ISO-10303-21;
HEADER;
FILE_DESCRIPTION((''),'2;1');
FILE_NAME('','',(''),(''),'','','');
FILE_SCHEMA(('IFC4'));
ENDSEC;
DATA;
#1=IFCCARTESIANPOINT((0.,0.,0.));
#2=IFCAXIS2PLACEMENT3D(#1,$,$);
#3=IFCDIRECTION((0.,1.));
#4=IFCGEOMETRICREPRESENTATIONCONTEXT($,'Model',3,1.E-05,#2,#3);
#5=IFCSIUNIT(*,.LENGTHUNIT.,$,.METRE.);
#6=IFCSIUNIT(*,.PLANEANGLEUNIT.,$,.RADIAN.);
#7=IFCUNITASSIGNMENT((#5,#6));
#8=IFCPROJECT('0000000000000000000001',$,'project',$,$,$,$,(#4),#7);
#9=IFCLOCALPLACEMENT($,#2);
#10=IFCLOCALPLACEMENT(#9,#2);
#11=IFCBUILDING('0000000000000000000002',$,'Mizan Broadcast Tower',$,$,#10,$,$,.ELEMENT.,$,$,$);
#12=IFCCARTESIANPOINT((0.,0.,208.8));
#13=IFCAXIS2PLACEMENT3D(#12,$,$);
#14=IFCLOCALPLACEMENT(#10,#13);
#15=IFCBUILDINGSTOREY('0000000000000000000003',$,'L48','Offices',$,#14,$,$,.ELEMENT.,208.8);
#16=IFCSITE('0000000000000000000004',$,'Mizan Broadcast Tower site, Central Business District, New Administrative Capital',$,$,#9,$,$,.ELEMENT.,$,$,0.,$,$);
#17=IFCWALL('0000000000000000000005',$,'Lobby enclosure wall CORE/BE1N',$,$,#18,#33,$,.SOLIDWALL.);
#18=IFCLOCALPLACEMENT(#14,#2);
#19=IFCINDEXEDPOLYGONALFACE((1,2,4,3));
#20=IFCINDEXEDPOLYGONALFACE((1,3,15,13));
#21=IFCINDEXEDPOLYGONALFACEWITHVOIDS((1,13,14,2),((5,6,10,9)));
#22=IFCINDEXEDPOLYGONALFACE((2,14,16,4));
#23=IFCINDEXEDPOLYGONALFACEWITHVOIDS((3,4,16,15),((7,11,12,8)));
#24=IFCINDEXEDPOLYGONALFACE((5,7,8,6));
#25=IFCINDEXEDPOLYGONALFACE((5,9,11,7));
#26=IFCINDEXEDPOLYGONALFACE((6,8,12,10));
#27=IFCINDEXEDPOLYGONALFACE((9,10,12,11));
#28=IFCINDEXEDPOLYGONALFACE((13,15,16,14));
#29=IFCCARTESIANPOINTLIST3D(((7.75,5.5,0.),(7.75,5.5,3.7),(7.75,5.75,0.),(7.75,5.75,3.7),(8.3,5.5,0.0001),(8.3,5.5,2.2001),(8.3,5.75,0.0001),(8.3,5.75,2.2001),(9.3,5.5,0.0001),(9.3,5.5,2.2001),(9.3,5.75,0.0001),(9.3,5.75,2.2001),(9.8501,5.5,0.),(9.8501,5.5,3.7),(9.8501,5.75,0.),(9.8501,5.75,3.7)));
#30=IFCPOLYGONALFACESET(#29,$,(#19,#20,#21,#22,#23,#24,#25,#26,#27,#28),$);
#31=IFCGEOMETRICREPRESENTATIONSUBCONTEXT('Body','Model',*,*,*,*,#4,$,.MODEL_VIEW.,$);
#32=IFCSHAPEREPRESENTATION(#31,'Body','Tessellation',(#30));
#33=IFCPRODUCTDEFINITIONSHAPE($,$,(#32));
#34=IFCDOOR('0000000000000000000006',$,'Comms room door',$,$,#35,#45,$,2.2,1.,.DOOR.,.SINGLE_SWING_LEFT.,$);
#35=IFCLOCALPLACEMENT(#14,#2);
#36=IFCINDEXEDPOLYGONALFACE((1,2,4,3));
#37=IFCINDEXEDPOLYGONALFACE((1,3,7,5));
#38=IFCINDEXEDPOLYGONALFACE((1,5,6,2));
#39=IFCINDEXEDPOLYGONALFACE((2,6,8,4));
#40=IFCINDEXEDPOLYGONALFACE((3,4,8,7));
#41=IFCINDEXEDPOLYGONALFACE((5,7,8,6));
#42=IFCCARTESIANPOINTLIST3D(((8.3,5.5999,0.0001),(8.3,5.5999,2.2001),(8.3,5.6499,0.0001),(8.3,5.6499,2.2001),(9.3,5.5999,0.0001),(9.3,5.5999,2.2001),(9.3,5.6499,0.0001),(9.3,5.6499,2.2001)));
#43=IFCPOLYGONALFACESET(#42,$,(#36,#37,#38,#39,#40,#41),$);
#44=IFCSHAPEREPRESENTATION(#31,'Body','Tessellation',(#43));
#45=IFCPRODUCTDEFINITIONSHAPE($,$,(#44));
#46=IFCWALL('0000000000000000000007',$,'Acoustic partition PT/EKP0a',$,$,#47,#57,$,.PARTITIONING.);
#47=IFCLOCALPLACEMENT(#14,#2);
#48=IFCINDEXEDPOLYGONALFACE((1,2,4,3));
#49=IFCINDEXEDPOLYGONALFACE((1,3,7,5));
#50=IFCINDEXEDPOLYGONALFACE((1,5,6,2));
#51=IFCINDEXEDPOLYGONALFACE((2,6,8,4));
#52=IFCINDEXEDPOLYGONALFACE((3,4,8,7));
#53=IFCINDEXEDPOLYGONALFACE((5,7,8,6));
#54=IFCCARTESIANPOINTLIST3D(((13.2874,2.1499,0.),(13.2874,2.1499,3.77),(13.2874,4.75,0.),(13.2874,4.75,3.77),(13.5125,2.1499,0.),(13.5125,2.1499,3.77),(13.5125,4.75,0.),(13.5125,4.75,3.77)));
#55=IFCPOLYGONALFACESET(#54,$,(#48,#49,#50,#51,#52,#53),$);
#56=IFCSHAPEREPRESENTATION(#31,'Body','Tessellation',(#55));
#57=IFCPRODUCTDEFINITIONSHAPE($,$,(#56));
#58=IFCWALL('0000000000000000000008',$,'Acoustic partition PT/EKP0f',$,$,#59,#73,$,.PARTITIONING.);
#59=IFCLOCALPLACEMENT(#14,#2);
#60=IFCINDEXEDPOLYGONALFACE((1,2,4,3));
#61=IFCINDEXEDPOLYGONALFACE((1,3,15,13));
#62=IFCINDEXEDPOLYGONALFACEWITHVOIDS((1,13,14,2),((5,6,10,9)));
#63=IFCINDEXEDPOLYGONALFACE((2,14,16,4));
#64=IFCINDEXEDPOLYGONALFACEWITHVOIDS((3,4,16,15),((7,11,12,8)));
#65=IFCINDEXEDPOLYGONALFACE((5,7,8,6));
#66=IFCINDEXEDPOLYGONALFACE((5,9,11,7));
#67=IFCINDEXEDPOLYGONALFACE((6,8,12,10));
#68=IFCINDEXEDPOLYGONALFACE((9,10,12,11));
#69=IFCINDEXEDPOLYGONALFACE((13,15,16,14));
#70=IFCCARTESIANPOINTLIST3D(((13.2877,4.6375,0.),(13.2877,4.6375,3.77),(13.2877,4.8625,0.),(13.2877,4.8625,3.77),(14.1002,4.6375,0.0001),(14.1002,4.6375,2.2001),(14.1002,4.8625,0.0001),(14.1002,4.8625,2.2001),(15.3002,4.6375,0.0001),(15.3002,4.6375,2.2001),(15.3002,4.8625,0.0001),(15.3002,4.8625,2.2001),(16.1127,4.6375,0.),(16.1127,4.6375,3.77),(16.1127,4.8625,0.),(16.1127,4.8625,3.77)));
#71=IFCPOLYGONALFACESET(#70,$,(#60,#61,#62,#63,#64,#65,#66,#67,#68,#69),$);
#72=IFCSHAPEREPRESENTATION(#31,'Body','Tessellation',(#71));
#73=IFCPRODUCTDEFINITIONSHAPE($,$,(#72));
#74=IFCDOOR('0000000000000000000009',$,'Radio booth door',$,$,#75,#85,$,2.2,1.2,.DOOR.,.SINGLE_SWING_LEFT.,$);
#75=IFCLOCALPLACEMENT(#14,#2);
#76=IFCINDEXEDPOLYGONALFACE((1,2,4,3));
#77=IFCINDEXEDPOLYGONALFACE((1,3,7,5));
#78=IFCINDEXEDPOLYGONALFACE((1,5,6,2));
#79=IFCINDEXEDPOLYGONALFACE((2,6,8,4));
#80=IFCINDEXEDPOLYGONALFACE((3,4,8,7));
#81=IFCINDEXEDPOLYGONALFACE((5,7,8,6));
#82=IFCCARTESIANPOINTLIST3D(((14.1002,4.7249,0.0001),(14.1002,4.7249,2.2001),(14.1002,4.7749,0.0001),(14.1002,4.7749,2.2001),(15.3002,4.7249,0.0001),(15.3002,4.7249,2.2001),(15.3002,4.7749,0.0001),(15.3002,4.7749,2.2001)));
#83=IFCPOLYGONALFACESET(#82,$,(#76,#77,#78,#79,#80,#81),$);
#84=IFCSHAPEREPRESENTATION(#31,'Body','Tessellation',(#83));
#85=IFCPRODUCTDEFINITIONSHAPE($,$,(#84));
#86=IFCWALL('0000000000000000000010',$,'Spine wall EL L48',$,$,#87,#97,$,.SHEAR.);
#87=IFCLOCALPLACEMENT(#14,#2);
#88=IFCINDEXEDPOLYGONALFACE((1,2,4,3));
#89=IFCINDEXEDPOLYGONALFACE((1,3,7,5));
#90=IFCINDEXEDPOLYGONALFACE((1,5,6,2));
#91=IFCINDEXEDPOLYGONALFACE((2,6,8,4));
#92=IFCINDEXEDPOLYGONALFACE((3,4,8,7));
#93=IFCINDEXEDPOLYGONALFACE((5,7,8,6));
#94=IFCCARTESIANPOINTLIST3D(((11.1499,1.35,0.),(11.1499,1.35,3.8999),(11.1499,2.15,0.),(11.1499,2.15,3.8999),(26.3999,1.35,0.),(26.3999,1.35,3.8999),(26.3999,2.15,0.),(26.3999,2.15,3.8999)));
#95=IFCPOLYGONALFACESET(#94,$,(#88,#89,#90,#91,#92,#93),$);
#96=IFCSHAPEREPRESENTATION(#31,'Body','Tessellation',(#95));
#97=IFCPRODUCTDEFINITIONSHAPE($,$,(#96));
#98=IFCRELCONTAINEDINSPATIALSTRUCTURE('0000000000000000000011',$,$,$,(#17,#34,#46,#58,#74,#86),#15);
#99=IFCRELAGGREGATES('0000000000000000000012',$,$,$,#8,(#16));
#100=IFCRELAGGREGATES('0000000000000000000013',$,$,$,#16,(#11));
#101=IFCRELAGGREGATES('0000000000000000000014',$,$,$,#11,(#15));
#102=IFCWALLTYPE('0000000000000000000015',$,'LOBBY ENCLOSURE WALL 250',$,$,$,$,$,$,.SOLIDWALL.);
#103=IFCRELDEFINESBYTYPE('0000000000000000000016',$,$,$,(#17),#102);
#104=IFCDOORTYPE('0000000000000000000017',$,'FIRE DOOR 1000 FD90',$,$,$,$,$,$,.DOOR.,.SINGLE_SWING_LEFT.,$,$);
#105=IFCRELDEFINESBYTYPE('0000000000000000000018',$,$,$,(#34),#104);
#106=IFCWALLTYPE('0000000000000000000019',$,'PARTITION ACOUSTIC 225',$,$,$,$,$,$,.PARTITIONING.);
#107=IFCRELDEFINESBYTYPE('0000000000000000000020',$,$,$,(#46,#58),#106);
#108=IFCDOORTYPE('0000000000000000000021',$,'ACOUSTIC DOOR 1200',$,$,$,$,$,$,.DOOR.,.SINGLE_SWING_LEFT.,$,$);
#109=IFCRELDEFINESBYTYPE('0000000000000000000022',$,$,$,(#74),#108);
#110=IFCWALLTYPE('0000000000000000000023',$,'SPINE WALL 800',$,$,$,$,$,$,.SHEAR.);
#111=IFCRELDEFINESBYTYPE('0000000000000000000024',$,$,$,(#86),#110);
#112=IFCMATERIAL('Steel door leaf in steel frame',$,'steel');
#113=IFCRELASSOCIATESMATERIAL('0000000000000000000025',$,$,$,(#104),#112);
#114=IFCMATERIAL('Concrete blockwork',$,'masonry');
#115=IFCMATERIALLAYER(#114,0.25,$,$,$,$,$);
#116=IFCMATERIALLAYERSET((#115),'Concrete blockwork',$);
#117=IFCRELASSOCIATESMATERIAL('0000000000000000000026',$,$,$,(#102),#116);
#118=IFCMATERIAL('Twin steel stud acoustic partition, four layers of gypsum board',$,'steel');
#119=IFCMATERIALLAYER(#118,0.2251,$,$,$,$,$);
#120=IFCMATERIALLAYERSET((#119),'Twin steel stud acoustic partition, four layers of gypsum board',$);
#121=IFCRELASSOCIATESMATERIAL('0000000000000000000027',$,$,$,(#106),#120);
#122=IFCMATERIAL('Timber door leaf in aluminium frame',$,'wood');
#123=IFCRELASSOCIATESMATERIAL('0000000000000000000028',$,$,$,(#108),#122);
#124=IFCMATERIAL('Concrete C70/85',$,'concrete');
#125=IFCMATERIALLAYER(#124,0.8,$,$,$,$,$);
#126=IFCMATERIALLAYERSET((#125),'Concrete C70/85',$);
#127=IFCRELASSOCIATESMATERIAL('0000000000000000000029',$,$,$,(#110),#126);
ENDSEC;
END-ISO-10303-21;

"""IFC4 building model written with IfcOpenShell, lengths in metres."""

from ifc_helpers import new_model, si_unit, direction, frame, frame_2d, origin, place, context, subcontext, project, spatial, rectangle, extrude, material, layer, layer_set, type_object, element, fill, save


model = new_model("IFC4")

# Units and contexts
model_context = context("Model", 3, precision=1e-05, world=origin(), true_north=direction((0.0, 1.0)))
body_context = subcontext(model_context, "Body", "Model", "MODEL_VIEW")
ifc_project = project(units=[si_unit("LENGTHUNIT", "METRE"), si_unit("PLANEANGLEUNIT", "RADIAN")], contexts=[model_context])

# Site, building, storey
site_placement = place(None, origin())
site = spatial("IfcSite", under=ifc_project, at=site_placement, Name="Mizan Broadcast Tower site, Central Business District, New Administrative Capital", CompositionType="ELEMENT", RefElevation=0.0)
building_placement = place(site_placement, origin())
building = spatial("IfcBuilding", under=site, at=building_placement, Name="Mizan Broadcast Tower", CompositionType="ELEMENT")
storey_placement = place(building_placement, frame((0.0, 0.0, 208.8)))
storey = spatial("IfcBuildingStorey", under=building, at=storey_placement, Name="L48", Description="Offices", CompositionType="ELEMENT", Elevation=208.8)

# Shared definitions
ifc_material_1 = material(Name="Steel door leaf in steel frame", Category="steel")
door_type_1 = type_object("IfcDoorType", Name="FIRE DOOR 1000 FD90", OperationType="SINGLE_SWING_LEFT", PredefinedType="DOOR", material=ifc_material_1)

# Wall, opening, door
ifc_material_2 = material(Name="Concrete blockwork", Category="masonry")
ifc_layer_1 = layer(ifc_material_2, 0.25)
ifc_layer_set_1 = layer_set([ifc_layer_1], Name="Concrete blockwork")
wall_type_1 = type_object("IfcWallType", Name="LOBBY ENCLOSURE WALL 250", PredefinedType="SOLIDWALL", material=ifc_layer_set_1)
wall_1_placement = place(storey_placement, frame((7.75, 5.625, 0.0), z_axis=(0.0, 0.0, 1.0), x_axis=(1.0, 0.0, 0.0)))
wall_1 = element("IfcWall", 1, at=wall_1_placement, inside=storey, type_object=wall_type_1, Name="Lobby enclosure wall CORE/BE1N", PredefinedType="SOLIDWALL", context=body_context, shape_type="SweptSolid", body=[
    extrude(rectangle(XDim=2.1001, YDim=0.25, at=frame_2d((1.05, 0.0))), origin(), (0.0, 0.0, 1.0), 3.7),
])
opening_1_placement = place(wall_1_placement, frame((0.55, 0.0, 0.0)))
opening_1 = element("IfcOpeningElement", 2, at=opening_1_placement, cuts=wall_1, PredefinedType="OPENING", context=body_context, shape_type="SweptSolid", body=[
    extrude(rectangle(XDim=1.0, YDim=2.2, at=frame_2d((0.5, 1.1001))), frame((0.0, 0.135, 0.0), z_axis=(0.0, -1.0, 0.0), x_axis=(1.0, 0.0, 0.0)), (0.0, 0.0, 1.0), 0.27),
])
door_1_placement = place(opening_1_placement, origin())
door_1 = element("IfcDoor", 3, at=door_1_placement, inside=storey, type_object=door_type_1, Name="Comms room door", OperationType="SINGLE_SWING_LEFT", OverallHeight=2.2, OverallWidth=1.0, PredefinedType="DOOR", context=body_context, shape_type="SweptSolid", body=[
    extrude(rectangle(XDim=1.0, YDim=2.2, at=frame_2d((0.5, 1.1001))), frame((0.0, 0.0249, 0.0), z_axis=(0.0, -1.0, 0.0), x_axis=(1.0, 0.0, 0.0)), (0.0, 0.0, 1.0), 0.05),
])
fill(opening_1, door_1)

# Wall
ifc_material_3 = material(Name="Twin steel stud acoustic partition, four layers of gypsum board", Category="steel")
ifc_layer_2 = layer(ifc_material_3, 0.2251)
ifc_layer_set_2 = layer_set([ifc_layer_2], Name="Twin steel stud acoustic partition, four layers of gypsum board")
wall_type_2 = type_object("IfcWallType", Name="PARTITION ACOUSTIC 225", PredefinedType="PARTITIONING", material=ifc_layer_set_2)
wall_2_placement = place(storey_placement, frame((13.3999, 2.1499, 0.0), z_axis=(0.0, 0.0, 1.0), x_axis=(0.0, 1.0, 0.0)))
element("IfcWall", 4, at=wall_2_placement, inside=storey, type_object=wall_type_2, Name="Acoustic partition PT/EKP0a", PredefinedType="PARTITIONING", context=body_context, shape_type="SweptSolid", body=[
    extrude(rectangle(XDim=2.6001, YDim=0.2251, at=frame_2d((1.3, 0.0))), origin(), (0.0, 0.0, 1.0), 3.77),
])

# Wall, opening, door
wall_3_placement = place(storey_placement, frame((13.2876, 4.75, 0.0), z_axis=(0.0, 0.0, 1.0), x_axis=(1.0, 0.0, 0.0)))
wall_3 = element("IfcWall", 5, at=wall_3_placement, inside=storey, type_object=wall_type_2, Name="Acoustic partition PT/EKP0f", PredefinedType="PARTITIONING", context=body_context, shape_type="SweptSolid", body=[
    extrude(rectangle(XDim=2.825, YDim=0.2251, at=frame_2d((1.4126, 0.0))), origin(), (0.0, 0.0, 1.0), 3.77),
])
opening_2_placement = place(wall_3_placement, frame((0.8125, 0.0, 0.0)))
opening_2 = element("IfcOpeningElement", 6, at=opening_2_placement, cuts=wall_3, PredefinedType="OPENING", context=body_context, shape_type="SweptSolid", body=[
    extrude(rectangle(XDim=1.2, YDim=2.2, at=frame_2d((0.6001, 1.1001))), frame((0.0, 0.1226, 0.0), z_axis=(0.0, -1.0, 0.0), x_axis=(1.0, 0.0, 0.0)), (0.0, 0.0, 1.0), 0.2451),
])
ifc_material_4 = material(Name="Timber door leaf in aluminium frame", Category="wood")
door_type_2 = type_object("IfcDoorType", Name="ACOUSTIC DOOR 1200", OperationType="SINGLE_SWING_LEFT", PredefinedType="DOOR", material=ifc_material_4)
door_2_placement = place(opening_2_placement, origin())
door_2 = element("IfcDoor", 7, at=door_2_placement, inside=storey, type_object=door_type_2, Name="Radio booth door", OperationType="SINGLE_SWING_LEFT", OverallHeight=2.2, OverallWidth=1.2, PredefinedType="DOOR", context=body_context, shape_type="SweptSolid", body=[
    extrude(rectangle(XDim=1.2, YDim=2.2, at=frame_2d((0.6001, 1.1001))), frame((0.0, 0.0249, 0.0), z_axis=(0.0, -1.0, 0.0), x_axis=(1.0, 0.0, 0.0)), (0.0, 0.0, 1.0), 0.05),
])
fill(opening_2, door_2)

# Wall
ifc_material_5 = material(Name="Concrete C70/85", Category="concrete")
ifc_layer_3 = layer(ifc_material_5, 0.8)
ifc_layer_set_3 = layer_set([ifc_layer_3], Name="Concrete C70/85")
wall_type_3 = type_object("IfcWallType", Name="SPINE WALL 800", PredefinedType="SHEAR", material=ifc_layer_set_3)
wall_4_placement = place(storey_placement, frame((11.1499, 1.75, 0.0), z_axis=(0.0, 0.0, 1.0), x_axis=(1.0, 0.0, 0.0)))
element("IfcWall", 8, at=wall_4_placement, inside=storey, type_object=wall_type_3, Name="Spine wall EL L48", PredefinedType="SHEAR", context=body_context, shape_type="SweptSolid", body=[
    extrude(rectangle(XDim=15.25, YDim=0.8, at=frame_2d((7.625, 0.0))), origin(), (0.0, 0.0, 1.0), 3.8999),
])

save(model, "model.ifc")
